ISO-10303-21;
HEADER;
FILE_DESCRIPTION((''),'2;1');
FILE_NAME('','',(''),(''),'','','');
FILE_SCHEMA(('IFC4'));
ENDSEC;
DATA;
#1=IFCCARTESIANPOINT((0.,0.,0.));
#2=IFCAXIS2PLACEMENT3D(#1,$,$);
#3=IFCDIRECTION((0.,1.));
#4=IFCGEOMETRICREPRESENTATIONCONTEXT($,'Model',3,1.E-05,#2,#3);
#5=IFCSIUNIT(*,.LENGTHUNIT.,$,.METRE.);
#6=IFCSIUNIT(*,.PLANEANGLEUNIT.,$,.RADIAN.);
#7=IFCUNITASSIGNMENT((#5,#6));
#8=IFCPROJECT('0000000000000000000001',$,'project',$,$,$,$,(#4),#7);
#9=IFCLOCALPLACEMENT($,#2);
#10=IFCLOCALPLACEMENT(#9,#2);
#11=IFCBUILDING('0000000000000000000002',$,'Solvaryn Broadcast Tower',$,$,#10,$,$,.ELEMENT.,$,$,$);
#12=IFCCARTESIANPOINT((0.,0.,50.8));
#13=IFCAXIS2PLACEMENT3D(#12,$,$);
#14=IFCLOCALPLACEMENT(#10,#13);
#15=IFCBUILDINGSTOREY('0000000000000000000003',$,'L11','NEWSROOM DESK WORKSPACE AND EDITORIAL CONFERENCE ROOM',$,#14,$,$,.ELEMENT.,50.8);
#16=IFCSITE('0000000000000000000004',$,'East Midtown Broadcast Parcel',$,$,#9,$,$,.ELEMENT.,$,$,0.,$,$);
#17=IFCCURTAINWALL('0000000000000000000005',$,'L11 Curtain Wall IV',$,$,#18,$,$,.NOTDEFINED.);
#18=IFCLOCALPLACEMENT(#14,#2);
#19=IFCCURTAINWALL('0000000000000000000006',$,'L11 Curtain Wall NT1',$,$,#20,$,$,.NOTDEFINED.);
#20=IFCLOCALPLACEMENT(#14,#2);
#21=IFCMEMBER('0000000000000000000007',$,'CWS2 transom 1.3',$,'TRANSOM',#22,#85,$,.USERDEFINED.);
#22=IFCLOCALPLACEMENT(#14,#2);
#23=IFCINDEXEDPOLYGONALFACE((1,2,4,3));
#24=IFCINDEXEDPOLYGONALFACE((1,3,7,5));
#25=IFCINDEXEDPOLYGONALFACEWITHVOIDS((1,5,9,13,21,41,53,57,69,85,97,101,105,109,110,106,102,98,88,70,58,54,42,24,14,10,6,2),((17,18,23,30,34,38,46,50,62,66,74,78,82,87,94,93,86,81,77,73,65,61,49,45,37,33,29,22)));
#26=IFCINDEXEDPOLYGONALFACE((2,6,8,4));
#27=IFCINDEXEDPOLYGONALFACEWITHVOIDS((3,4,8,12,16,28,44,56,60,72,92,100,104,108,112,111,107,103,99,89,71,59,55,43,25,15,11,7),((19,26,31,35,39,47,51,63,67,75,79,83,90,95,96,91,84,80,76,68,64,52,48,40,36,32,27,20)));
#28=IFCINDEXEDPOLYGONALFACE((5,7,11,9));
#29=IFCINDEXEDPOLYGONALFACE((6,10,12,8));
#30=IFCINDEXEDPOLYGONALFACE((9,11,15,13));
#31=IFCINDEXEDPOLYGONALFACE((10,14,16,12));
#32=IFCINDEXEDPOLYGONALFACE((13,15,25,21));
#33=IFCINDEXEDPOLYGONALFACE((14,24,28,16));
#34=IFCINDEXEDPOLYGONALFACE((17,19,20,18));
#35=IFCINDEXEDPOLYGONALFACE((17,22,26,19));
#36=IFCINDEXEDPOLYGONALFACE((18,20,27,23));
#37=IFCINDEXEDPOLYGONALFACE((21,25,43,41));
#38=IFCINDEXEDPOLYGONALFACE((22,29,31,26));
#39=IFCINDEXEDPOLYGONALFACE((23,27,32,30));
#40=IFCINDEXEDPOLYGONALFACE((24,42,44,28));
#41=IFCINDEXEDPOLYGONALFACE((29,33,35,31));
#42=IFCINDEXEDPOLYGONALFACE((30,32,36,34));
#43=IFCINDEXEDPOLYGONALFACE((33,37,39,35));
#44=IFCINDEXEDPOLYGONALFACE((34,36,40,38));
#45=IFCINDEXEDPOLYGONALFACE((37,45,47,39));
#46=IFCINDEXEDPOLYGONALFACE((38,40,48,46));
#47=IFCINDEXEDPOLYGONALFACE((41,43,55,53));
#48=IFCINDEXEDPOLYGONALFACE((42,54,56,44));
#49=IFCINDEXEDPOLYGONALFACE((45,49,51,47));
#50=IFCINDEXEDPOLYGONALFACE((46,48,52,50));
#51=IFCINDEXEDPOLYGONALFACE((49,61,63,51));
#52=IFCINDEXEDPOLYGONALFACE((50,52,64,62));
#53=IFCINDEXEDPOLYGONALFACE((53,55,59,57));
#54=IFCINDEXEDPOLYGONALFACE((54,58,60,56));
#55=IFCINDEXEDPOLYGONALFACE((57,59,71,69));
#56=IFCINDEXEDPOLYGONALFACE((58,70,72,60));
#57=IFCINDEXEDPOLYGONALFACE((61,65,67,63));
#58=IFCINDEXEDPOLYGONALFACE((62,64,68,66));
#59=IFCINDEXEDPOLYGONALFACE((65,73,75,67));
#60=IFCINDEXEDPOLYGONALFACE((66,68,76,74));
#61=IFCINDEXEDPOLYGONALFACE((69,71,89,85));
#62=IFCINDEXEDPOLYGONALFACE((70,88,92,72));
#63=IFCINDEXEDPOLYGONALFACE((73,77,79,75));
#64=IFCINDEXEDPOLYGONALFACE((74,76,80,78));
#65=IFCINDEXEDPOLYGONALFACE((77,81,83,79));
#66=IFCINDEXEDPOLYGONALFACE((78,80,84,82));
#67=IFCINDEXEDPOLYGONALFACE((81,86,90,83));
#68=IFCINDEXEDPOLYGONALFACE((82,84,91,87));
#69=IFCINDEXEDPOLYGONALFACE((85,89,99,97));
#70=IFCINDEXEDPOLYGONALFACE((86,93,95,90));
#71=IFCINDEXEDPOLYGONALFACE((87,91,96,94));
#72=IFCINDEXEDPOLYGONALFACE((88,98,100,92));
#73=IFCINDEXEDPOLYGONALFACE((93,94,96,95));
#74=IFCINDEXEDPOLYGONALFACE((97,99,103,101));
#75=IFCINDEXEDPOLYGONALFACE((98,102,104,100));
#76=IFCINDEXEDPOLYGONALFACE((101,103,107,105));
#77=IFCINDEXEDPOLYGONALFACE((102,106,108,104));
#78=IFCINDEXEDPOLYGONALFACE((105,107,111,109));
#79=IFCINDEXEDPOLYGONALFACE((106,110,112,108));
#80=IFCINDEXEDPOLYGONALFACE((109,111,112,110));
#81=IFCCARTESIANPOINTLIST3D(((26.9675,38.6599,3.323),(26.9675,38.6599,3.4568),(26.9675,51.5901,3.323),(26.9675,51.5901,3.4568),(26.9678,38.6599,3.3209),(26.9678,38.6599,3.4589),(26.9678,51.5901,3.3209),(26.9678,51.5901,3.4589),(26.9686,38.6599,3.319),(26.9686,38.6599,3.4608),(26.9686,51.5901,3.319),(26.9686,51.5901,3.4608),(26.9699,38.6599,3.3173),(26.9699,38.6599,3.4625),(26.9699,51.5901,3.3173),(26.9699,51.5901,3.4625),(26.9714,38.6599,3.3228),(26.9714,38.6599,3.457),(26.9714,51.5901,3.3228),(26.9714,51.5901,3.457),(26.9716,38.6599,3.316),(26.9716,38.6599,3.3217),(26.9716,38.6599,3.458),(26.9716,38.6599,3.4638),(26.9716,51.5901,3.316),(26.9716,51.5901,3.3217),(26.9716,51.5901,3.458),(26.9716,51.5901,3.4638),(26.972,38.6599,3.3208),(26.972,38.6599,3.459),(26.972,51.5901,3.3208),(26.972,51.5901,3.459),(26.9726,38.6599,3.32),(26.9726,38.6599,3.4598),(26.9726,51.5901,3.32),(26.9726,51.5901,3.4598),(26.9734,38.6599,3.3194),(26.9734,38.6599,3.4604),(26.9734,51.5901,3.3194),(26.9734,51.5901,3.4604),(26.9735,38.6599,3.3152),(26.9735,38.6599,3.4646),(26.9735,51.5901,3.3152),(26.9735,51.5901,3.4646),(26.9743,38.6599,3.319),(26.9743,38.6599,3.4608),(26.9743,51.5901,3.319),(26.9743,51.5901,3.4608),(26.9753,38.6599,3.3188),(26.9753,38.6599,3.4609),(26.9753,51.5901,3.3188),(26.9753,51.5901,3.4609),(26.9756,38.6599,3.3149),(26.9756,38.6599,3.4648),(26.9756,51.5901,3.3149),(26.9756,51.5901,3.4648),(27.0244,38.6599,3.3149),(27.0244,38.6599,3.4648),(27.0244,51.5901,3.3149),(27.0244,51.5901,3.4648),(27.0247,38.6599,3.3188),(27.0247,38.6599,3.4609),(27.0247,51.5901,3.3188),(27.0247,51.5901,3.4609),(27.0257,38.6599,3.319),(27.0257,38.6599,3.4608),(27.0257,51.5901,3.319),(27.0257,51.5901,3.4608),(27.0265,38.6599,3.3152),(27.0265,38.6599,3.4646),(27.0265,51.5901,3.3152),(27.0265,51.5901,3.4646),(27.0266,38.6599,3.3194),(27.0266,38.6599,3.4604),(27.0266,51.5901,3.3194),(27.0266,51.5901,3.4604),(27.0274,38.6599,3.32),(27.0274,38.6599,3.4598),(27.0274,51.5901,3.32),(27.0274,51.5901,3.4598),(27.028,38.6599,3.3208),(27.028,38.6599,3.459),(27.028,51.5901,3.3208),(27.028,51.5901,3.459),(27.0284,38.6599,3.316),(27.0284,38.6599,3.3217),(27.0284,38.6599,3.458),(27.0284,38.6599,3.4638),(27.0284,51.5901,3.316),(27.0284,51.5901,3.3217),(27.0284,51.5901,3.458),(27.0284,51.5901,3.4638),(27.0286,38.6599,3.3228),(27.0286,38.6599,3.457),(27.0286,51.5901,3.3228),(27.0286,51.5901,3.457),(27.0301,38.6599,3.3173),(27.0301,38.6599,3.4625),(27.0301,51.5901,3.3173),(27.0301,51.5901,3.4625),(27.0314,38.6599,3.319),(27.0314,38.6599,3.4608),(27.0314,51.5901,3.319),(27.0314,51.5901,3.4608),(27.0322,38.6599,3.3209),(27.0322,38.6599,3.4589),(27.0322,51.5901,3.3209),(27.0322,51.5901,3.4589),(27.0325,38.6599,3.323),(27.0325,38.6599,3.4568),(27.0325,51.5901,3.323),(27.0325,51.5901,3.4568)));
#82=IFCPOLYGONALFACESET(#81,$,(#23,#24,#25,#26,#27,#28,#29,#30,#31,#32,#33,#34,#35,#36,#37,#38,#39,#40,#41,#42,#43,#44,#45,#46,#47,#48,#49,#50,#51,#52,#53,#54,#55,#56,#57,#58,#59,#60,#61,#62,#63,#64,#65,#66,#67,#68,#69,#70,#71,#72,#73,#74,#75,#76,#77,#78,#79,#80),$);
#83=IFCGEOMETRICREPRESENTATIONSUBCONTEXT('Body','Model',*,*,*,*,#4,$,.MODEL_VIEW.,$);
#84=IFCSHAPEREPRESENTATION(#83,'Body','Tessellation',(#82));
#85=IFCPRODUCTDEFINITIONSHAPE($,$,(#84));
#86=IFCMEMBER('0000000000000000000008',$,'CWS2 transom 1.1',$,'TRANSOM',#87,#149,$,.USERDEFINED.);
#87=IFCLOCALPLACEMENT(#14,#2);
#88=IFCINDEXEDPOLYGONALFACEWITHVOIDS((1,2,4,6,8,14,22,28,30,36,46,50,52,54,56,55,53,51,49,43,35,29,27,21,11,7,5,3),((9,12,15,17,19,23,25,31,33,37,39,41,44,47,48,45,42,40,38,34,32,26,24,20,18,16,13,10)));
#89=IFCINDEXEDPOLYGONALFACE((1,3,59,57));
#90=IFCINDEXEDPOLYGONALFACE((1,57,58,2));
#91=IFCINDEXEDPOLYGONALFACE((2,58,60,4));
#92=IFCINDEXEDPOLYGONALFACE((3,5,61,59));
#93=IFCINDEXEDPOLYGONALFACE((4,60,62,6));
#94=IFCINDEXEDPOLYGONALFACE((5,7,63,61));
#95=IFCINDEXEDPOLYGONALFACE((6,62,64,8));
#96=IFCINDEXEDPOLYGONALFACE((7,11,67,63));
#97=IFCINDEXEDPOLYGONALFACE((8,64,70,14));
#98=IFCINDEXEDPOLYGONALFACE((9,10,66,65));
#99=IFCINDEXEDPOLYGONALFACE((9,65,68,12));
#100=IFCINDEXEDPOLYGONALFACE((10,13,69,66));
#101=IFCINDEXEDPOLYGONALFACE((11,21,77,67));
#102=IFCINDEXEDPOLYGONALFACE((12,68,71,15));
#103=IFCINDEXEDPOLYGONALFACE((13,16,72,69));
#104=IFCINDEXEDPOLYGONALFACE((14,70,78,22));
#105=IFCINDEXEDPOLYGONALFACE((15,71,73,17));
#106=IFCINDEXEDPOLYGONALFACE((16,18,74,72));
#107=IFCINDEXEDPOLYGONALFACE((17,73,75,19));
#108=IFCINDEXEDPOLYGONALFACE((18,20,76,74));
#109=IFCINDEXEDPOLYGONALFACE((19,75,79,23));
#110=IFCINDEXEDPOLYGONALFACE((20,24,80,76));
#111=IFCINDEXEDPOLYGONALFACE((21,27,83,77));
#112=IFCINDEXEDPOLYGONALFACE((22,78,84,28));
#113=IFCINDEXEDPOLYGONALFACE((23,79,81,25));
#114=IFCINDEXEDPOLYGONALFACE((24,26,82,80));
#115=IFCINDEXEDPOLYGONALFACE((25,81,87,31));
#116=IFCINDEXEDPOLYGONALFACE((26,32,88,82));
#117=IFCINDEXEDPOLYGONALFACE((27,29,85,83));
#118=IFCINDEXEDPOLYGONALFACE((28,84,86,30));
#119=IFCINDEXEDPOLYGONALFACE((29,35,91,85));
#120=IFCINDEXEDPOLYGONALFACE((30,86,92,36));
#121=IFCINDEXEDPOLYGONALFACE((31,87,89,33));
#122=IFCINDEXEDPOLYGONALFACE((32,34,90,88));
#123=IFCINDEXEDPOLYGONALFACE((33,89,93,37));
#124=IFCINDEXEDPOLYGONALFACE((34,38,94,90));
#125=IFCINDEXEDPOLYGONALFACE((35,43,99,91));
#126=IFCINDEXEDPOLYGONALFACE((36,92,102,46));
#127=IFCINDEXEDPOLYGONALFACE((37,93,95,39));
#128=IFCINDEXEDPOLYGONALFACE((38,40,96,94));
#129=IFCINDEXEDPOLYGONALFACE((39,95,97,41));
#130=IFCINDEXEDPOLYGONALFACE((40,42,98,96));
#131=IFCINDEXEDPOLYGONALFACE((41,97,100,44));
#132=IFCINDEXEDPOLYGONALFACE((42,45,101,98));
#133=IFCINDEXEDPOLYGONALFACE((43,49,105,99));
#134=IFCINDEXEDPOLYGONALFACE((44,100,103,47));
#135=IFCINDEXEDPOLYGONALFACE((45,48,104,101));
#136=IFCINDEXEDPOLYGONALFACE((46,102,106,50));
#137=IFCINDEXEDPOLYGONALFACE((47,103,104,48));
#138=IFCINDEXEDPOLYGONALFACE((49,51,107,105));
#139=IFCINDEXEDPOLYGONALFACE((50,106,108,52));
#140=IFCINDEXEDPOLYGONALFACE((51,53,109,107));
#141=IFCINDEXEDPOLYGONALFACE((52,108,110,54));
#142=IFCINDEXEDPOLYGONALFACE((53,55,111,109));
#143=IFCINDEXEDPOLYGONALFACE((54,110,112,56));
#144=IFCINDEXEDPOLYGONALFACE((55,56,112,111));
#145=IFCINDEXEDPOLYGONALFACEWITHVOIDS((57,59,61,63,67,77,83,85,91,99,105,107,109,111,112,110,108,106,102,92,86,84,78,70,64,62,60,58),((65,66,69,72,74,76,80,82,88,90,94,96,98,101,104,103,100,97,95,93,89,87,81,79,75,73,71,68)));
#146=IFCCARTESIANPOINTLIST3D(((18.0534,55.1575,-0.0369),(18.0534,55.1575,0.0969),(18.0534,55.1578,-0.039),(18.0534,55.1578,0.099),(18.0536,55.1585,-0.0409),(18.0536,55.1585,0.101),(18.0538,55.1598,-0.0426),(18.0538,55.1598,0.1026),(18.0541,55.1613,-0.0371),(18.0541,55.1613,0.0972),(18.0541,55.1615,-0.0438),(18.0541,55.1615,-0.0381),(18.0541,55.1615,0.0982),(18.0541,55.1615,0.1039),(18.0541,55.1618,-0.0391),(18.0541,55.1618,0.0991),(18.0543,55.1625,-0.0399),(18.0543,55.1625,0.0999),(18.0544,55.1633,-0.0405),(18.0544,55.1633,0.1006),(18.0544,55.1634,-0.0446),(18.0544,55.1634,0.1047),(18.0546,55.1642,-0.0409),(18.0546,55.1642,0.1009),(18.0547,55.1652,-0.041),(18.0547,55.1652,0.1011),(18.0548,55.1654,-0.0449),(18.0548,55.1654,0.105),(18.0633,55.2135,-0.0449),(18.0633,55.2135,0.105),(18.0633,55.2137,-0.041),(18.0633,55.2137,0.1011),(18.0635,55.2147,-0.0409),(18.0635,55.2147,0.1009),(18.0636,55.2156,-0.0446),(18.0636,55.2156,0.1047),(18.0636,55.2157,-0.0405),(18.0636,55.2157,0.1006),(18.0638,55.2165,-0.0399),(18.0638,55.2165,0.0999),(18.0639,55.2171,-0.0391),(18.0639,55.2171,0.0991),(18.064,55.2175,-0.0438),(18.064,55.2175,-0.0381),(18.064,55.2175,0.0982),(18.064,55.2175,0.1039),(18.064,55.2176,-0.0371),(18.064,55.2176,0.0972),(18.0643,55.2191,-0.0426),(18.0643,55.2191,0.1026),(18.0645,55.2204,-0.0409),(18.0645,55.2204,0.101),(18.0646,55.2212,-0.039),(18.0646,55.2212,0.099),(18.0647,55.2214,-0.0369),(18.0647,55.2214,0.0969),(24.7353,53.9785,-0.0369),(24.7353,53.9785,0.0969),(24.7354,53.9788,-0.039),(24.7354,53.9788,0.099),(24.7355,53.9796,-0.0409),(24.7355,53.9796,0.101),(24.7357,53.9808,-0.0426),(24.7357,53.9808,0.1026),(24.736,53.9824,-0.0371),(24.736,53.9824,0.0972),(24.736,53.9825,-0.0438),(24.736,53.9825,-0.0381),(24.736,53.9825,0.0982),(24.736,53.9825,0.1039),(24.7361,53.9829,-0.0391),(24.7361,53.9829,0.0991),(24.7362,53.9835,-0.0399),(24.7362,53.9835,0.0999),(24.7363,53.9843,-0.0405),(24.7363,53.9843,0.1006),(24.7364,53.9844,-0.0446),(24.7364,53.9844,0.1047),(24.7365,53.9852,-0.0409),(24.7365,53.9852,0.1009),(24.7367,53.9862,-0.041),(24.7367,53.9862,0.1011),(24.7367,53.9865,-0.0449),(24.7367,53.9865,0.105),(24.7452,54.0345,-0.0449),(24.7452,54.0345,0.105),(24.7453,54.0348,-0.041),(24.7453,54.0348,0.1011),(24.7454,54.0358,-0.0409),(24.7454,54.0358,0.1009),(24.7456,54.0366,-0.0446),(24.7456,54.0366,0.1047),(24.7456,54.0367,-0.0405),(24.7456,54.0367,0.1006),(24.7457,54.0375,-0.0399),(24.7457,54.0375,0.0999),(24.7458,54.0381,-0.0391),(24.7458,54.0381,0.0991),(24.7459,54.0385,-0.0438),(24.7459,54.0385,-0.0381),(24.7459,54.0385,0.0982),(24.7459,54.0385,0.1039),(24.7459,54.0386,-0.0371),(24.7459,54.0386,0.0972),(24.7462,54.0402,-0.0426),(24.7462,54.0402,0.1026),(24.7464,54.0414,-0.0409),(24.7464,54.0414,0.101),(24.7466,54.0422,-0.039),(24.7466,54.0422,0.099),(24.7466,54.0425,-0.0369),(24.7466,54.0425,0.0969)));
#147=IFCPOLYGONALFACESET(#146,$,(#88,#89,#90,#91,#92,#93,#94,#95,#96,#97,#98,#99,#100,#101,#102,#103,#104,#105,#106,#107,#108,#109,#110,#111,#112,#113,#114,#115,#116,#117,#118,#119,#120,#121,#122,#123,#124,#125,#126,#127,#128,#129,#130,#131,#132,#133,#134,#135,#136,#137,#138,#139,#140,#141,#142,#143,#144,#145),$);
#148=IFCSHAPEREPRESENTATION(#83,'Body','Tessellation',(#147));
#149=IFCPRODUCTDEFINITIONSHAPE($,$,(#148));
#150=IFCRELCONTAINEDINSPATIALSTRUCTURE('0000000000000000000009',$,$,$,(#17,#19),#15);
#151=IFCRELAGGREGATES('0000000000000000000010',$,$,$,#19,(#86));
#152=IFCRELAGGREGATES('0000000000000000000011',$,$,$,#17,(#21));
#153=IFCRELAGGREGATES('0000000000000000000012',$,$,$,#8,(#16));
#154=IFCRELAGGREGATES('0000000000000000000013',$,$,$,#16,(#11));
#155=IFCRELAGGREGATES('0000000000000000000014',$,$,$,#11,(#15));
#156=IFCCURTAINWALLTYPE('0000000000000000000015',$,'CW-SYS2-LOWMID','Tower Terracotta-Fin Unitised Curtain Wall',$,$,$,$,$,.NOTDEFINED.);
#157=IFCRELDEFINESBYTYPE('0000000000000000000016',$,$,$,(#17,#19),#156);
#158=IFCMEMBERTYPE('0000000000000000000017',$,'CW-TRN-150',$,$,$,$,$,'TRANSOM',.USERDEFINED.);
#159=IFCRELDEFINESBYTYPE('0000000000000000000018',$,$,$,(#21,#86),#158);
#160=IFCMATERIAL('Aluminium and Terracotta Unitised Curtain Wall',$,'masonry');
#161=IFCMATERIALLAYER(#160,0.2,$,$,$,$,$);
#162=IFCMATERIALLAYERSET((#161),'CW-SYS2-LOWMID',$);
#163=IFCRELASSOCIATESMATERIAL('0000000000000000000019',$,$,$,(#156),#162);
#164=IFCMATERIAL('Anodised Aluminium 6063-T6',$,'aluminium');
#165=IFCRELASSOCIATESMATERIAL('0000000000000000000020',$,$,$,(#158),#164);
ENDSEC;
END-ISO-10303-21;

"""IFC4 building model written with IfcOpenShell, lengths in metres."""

from ifc_helpers import new_model, si_unit, direction, frame, origin, origin_2d, place, context, subcontext, project, spatial, hollow_rectangle, extrude, material, layer, layer_set, material_profile, profile_set, type_object, element, aggregate, save


model = new_model("IFC4")

# Units and contexts
model_context = context("Model", 3, precision=1e-05, world=origin(), true_north=direction((0.0, 1.0)))
body_context = subcontext(model_context, "Body", "Model", "MODEL_VIEW")
ifc_project = project(units=[si_unit("LENGTHUNIT", "METRE"), si_unit("PLANEANGLEUNIT", "RADIAN")], contexts=[model_context])

# Site, building, storey
site_placement = place(None, origin())
site = spatial("IfcSite", under=ifc_project, at=site_placement, Name="East Midtown Broadcast Parcel", CompositionType="ELEMENT", RefElevation=0.0)
building_placement = place(site_placement, origin())
building = spatial("IfcBuilding", under=site, at=building_placement, Name="Solvaryn Broadcast Tower", CompositionType="ELEMENT")
storey_placement = place(building_placement, frame((0.0, 0.0, 50.8)))
storey = spatial("IfcBuildingStorey", under=building, at=storey_placement, Name="L11", Description="NEWSROOM DESK WORKSPACE AND EDITORIAL CONFERENCE ROOM", CompositionType="ELEMENT", Elevation=50.8)

# Curtain wall
ifc_material_1 = material(Name="Aluminium and Terracotta Unitised Curtain Wall", Category="masonry")
ifc_layer_1 = layer(ifc_material_1, 0.2)
ifc_layer_set_1 = layer_set([ifc_layer_1], Name="CW-SYS2-LOWMID")
curtain_wall_type = type_object("IfcCurtainWallType", Name="CW-SYS2-LOWMID", Description="Tower Terracotta-Fin Unitised Curtain Wall", PredefinedType="NOTDEFINED", material=ifc_layer_set_1)
curtain_wall_1_placement = place(storey_placement, origin())
curtain_wall_1 = element("IfcCurtainWall", 1, at=curtain_wall_1_placement, inside=storey, type_object=curtain_wall_type, Name="L11 Curtain Wall IV", PredefinedType="NOTDEFINED")

# Curtain wall
curtain_wall_2_placement = place(storey_placement, origin())
curtain_wall_2 = element("IfcCurtainWall", 2, at=curtain_wall_2_placement, inside=storey, type_object=curtain_wall_type, Name="L11 Curtain Wall NT1", PredefinedType="NOTDEFINED")

# Members
ifc_material_2 = material(Name="Anodised Aluminium 6063-T6", Category="aluminium")
ifc_material_profile_1 = material_profile(ifc_material_2, hollow_rectangle(XDim=0.0649, YDim=0.1499, WallThickness=0.0039, InnerFilletRadius=0.0039, OuterFilletRadius=0.0081, at=origin_2d()))
ifc_profile_set_1 = profile_set([ifc_material_profile_1], Name="Anodised Aluminium 6063-T6")
member_type_1 = type_object("IfcMemberType", Name="CW-TRN-150", ElementType="TRANSOM", PredefinedType="USERDEFINED", material=ifc_profile_set_1)
member_1_placement = place(storey_placement, frame((27.0, 51.5901, 3.3899), z_axis=(0.0, -1.0, 0.0), x_axis=(1.0, 0.0, 0.0)))
member_1 = element("IfcMember", 3, at=member_1_placement, type_object=member_type_1, Name="CWS2 transom 1.3", ObjectType="TRANSOM", PredefinedType="USERDEFINED", context=body_context, shape_type="SweptSolid", body=[
    extrude(hollow_rectangle(XDim=0.0649, YDim=0.1499, WallThickness=0.0039, InnerFilletRadius=0.0039, OuterFilletRadius=0.0081, at=origin_2d()), origin(), (0.0, 0.0, 1.0), 12.9302),
])
member_2_placement = place(storey_placement, frame((24.741, 54.0105, 0.03), z_axis=(-0.984789, 0.173757, 0.0), x_axis=(-0.173757, -0.984789, 0.0)))
member_2 = element("IfcMember", 4, at=member_2_placement, type_object=member_type_1, Name="CWS2 transom 1.1", ObjectType="TRANSOM", PredefinedType="USERDEFINED", context=body_context, shape_type="SweptSolid", body=[
    extrude(hollow_rectangle(XDim=0.0649, YDim=0.1499, WallThickness=0.0039, InnerFilletRadius=0.0039, OuterFilletRadius=0.0081, at=origin_2d()), origin(), (0.0, 0.0, 1.0), 6.7852),
])
aggregate(curtain_wall_2, [member_2])

aggregate(curtain_wall_1, [member_1])

save(model, "model.ifc")
